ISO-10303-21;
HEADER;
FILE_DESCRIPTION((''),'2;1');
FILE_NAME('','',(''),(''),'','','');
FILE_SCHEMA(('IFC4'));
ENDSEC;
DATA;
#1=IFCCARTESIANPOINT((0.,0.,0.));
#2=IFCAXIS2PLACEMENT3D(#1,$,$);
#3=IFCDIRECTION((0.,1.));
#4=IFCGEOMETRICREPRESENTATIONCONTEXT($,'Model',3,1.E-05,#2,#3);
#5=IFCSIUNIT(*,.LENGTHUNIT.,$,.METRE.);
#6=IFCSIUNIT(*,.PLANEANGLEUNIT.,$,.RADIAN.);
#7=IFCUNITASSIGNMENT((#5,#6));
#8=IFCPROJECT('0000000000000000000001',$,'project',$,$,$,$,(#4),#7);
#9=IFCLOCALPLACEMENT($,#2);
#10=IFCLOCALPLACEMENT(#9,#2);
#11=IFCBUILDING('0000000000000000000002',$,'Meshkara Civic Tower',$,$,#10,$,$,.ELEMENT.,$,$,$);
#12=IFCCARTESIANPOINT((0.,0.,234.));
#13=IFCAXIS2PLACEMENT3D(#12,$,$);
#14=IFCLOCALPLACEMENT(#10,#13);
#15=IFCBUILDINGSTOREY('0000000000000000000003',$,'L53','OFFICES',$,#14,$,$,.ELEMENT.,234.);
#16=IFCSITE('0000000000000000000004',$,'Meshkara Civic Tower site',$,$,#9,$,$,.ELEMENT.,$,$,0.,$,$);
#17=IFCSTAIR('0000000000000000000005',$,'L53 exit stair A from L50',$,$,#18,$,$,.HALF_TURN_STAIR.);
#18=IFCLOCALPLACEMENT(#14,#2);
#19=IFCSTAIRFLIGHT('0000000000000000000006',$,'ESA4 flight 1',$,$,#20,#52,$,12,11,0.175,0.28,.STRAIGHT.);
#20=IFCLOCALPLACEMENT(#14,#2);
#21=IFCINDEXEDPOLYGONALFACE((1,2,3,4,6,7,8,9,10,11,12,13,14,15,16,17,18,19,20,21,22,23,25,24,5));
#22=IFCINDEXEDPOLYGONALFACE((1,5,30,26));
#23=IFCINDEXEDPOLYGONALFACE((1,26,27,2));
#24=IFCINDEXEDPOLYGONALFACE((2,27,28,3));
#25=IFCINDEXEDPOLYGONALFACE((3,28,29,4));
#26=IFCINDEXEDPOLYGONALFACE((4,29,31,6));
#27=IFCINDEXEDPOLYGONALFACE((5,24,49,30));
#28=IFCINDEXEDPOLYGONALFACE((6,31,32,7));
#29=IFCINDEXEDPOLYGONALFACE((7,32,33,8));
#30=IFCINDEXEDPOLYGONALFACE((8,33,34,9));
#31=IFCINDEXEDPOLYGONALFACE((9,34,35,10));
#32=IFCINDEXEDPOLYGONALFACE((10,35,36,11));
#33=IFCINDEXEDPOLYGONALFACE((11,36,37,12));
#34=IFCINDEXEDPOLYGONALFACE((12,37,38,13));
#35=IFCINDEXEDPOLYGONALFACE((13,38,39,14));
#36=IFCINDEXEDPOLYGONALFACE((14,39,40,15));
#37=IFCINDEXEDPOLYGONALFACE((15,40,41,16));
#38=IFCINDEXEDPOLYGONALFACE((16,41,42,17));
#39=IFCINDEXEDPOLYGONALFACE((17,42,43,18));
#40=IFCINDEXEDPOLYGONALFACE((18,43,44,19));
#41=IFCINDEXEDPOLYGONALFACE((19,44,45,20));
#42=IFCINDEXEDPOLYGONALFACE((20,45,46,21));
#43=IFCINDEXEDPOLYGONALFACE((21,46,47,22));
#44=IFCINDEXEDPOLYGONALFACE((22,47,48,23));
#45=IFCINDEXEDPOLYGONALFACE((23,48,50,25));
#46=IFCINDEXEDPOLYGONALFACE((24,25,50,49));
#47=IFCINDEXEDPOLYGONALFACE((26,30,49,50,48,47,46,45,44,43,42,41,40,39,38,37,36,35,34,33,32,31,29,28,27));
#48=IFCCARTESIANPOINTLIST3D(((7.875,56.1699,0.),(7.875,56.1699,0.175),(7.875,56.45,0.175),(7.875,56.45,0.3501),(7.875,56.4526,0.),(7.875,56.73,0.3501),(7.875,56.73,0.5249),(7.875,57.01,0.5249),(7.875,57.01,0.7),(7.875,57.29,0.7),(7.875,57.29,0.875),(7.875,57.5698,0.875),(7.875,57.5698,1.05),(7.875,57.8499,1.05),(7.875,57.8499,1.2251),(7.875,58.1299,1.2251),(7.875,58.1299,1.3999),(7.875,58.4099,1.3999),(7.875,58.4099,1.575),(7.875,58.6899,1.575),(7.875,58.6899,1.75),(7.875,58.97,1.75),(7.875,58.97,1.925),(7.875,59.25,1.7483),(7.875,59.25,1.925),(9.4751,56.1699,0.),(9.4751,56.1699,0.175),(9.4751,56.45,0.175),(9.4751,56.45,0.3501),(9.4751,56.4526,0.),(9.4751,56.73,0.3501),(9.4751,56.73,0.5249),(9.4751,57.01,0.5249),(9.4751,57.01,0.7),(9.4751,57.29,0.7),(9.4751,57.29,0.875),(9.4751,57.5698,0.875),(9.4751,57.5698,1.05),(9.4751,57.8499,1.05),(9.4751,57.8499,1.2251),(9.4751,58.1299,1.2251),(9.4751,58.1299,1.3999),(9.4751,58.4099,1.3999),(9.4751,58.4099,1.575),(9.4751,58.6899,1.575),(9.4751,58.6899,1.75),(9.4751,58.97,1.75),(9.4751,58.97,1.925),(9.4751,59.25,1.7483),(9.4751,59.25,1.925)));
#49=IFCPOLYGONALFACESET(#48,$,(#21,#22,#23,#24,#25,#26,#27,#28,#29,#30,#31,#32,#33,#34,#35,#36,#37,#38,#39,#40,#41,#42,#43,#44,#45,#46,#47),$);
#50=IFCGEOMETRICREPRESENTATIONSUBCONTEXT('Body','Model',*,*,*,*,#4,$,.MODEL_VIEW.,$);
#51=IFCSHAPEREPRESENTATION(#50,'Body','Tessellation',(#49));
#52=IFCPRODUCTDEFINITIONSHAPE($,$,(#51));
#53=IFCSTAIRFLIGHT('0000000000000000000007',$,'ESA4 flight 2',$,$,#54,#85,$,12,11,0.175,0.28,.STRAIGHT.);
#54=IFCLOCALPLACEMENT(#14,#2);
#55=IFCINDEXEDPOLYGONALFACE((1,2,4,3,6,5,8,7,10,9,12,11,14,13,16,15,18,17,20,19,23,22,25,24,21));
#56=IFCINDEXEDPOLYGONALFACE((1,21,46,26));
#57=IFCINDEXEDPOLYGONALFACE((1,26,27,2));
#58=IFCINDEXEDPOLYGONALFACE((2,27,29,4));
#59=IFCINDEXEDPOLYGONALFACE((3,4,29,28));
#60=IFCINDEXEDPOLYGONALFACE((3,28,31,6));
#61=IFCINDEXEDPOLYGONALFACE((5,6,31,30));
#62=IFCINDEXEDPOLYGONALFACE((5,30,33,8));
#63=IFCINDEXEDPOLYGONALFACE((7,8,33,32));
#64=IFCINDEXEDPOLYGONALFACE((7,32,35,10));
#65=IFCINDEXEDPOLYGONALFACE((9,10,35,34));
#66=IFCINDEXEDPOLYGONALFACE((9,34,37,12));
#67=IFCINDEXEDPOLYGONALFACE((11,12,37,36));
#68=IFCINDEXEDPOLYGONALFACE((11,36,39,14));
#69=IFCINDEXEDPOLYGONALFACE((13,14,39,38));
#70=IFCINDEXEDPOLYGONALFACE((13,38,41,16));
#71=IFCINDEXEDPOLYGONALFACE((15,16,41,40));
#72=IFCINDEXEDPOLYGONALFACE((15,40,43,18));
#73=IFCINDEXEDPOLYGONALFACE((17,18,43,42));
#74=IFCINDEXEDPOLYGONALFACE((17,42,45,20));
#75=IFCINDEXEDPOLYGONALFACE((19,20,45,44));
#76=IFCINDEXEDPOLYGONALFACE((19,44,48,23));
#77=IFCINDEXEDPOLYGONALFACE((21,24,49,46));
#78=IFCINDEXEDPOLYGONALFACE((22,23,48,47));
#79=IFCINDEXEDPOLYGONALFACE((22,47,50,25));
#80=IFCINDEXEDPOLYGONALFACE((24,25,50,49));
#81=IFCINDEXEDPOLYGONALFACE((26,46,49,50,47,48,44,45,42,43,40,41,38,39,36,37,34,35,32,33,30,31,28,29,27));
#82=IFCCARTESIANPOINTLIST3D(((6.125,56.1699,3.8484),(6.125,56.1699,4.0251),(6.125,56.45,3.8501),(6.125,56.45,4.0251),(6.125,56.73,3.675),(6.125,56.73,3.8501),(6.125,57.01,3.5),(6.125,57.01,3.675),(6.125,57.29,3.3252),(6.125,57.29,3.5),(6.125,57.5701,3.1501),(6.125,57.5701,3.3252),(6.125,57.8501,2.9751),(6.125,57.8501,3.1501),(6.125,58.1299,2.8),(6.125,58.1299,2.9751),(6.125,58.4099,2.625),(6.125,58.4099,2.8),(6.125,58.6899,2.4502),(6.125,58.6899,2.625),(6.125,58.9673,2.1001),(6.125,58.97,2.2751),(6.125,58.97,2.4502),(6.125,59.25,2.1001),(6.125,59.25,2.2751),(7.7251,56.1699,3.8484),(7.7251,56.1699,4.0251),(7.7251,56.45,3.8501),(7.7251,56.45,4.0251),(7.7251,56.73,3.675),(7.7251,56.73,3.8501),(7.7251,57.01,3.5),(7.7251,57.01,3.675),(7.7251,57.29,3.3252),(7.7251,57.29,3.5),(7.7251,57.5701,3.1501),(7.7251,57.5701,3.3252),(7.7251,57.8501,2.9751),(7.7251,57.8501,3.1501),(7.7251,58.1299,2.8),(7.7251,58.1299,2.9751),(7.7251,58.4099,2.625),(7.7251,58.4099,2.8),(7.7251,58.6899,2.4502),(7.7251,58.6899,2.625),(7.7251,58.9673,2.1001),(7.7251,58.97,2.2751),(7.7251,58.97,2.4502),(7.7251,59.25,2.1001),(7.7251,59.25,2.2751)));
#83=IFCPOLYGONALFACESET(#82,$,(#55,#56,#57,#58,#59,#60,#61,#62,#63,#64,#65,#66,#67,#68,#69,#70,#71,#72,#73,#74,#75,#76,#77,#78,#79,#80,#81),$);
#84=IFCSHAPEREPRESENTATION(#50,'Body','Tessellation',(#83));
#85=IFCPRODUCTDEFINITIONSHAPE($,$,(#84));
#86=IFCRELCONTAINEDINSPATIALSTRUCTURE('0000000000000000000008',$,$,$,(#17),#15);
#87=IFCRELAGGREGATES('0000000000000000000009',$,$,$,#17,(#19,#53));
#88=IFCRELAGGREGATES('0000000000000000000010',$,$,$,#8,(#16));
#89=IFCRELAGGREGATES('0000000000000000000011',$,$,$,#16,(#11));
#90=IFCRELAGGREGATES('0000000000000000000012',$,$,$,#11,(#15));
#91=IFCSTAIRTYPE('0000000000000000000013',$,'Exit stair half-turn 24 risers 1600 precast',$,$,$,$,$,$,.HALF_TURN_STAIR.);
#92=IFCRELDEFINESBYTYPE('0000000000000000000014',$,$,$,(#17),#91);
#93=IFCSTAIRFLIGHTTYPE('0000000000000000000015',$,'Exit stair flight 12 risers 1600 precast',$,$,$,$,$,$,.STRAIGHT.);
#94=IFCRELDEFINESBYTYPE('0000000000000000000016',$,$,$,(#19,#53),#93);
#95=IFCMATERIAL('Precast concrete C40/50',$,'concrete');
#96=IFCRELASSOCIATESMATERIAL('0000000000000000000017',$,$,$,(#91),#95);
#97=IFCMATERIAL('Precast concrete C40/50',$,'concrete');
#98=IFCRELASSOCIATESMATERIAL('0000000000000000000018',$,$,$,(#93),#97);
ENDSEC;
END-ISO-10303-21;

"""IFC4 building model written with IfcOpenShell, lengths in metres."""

from ifc_helpers import new_model, si_unit, direction, frame, origin, place, context, subcontext, project, spatial, polyline, outline, extrude, material, type_object, element, aggregate, save


model = new_model("IFC4")

# Units and contexts
model_context = context("Model", 3, precision=1e-05, world=origin(), true_north=direction((0.0, 1.0)))
body_context = subcontext(model_context, "Body", "Model", "MODEL_VIEW")
ifc_project = project(units=[si_unit("LENGTHUNIT", "METRE"), si_unit("PLANEANGLEUNIT", "RADIAN")], contexts=[model_context])

# Site, building, storey
site_placement = place(None, origin())
site = spatial("IfcSite", under=ifc_project, at=site_placement, Name="Meshkara Civic Tower site", CompositionType="ELEMENT", RefElevation=0.0)
building_placement = place(site_placement, origin())
building = spatial("IfcBuilding", under=site, at=building_placement, Name="Meshkara Civic Tower", CompositionType="ELEMENT")
storey_placement = place(building_placement, frame((0.0, 0.0, 234.0)))
storey = spatial("IfcBuildingStorey", under=building, at=storey_placement, Name="L53", Description="OFFICES", CompositionType="ELEMENT", Elevation=234.0)

# Stair, stair flights
ifc_material_1 = material(Name="Precast concrete C40/50", Category="concrete")
stair_type = type_object("IfcStairType", Name="Exit stair half-turn 24 risers 1600 precast", PredefinedType="HALF_TURN_STAIR", material=ifc_material_1)
stair_placement = place(storey_placement, origin())
stair = element("IfcStair", 1, at=stair_placement, inside=storey, type_object=stair_type, Name="L53 exit stair A from L50", PredefinedType="HALF_TURN_STAIR")
ifc_material_2 = material(Name="Precast concrete C40/50", Category="concrete")
stair_flight_type = type_object("IfcStairFlightType", Name="Exit stair flight 12 risers 1600 precast", PredefinedType="STRAIGHT", material=ifc_material_2)
stair_flight_1_placement = place(storey_placement, frame((8.675, 56.1699, 0.0), z_axis=(0.0, 0.0, 1.0), x_axis=(0.0, 1.0, 0.0)))
stair_flight_1 = element("IfcStairFlight", 2, at=stair_flight_1_placement, type_object=stair_flight_type, Name="ESA4 flight 1", NumberOfRisers=12, NumberOfTreads=11, PredefinedType="STRAIGHT", RiserHeight=0.175, TreadLength=0.28, context=body_context, shape_type="SweptSolid", body=[
    extrude(outline(polyline([(0.0, 0.0), (0.0, 0.175), (0.28, 0.175), (0.28, 0.3501), (0.5601, 0.3501), (0.5601, 0.5249), (0.8401, 0.5249), (0.8401, 0.7), (1.1201, 0.7), (1.1201, 0.875), (1.3999, 0.875), (1.3999, 1.05), (1.6799, 1.05), (1.6799, 1.2251), (1.96, 1.2251), (1.96, 1.3999), (2.24, 1.3999), (2.24, 1.575), (2.52, 1.575), (2.52, 1.75), (2.8, 1.75), (2.8, 1.925), (3.0801, 1.925), (3.0801, 2.1001), (3.0801, 1.7483), (0.2827, 0.0), (0.0, 0.0)])), frame((0.0, 0.8, 0.0), z_axis=(0.0, -1.0, 0.0), x_axis=(1.0, 0.0, 0.0)), (0.0, 0.0, 1.0), 1.6001),
])
stair_flight_2_placement = place(storey_placement, frame((6.925, 59.25, 2.1001), z_axis=(0.0, 0.0, 1.0), x_axis=(0.0, -1.0, 0.0)))
stair_flight_2 = element("IfcStairFlight", 3, at=stair_flight_2_placement, type_object=stair_flight_type, Name="ESA4 flight 2", NumberOfRisers=12, NumberOfTreads=11, PredefinedType="STRAIGHT", RiserHeight=0.175, TreadLength=0.28, context=body_context, shape_type="SweptSolid", body=[
    extrude(outline(polyline([(0.0, 0.0), (0.0, 0.175), (0.28, 0.175), (0.28, 0.3501), (0.5601, 0.3501), (0.5601, 0.5249), (0.8401, 0.5249), (0.8401, 0.7), (1.1201, 0.7), (1.1201, 0.875), (1.3999, 0.875), (1.3999, 1.05), (1.6799, 1.05), (1.6799, 1.2251), (1.96, 1.2251), (1.96, 1.3999), (2.24, 1.3999), (2.24, 1.575), (2.52, 1.575), (2.52, 1.75), (2.8, 1.75), (2.8, 1.925), (3.0801, 1.925), (3.0801, 2.1001), (3.0801, 1.7483), (0.2827, 0.0), (0.0, 0.0)])), frame((0.0, 0.8, 0.0), z_axis=(0.0, -1.0, 0.0), x_axis=(1.0, 0.0, 0.0)), (0.0, 0.0, 1.0), 1.6001),
])
aggregate(stair, [stair_flight_1, stair_flight_2])

save(model, "model.ifc")
